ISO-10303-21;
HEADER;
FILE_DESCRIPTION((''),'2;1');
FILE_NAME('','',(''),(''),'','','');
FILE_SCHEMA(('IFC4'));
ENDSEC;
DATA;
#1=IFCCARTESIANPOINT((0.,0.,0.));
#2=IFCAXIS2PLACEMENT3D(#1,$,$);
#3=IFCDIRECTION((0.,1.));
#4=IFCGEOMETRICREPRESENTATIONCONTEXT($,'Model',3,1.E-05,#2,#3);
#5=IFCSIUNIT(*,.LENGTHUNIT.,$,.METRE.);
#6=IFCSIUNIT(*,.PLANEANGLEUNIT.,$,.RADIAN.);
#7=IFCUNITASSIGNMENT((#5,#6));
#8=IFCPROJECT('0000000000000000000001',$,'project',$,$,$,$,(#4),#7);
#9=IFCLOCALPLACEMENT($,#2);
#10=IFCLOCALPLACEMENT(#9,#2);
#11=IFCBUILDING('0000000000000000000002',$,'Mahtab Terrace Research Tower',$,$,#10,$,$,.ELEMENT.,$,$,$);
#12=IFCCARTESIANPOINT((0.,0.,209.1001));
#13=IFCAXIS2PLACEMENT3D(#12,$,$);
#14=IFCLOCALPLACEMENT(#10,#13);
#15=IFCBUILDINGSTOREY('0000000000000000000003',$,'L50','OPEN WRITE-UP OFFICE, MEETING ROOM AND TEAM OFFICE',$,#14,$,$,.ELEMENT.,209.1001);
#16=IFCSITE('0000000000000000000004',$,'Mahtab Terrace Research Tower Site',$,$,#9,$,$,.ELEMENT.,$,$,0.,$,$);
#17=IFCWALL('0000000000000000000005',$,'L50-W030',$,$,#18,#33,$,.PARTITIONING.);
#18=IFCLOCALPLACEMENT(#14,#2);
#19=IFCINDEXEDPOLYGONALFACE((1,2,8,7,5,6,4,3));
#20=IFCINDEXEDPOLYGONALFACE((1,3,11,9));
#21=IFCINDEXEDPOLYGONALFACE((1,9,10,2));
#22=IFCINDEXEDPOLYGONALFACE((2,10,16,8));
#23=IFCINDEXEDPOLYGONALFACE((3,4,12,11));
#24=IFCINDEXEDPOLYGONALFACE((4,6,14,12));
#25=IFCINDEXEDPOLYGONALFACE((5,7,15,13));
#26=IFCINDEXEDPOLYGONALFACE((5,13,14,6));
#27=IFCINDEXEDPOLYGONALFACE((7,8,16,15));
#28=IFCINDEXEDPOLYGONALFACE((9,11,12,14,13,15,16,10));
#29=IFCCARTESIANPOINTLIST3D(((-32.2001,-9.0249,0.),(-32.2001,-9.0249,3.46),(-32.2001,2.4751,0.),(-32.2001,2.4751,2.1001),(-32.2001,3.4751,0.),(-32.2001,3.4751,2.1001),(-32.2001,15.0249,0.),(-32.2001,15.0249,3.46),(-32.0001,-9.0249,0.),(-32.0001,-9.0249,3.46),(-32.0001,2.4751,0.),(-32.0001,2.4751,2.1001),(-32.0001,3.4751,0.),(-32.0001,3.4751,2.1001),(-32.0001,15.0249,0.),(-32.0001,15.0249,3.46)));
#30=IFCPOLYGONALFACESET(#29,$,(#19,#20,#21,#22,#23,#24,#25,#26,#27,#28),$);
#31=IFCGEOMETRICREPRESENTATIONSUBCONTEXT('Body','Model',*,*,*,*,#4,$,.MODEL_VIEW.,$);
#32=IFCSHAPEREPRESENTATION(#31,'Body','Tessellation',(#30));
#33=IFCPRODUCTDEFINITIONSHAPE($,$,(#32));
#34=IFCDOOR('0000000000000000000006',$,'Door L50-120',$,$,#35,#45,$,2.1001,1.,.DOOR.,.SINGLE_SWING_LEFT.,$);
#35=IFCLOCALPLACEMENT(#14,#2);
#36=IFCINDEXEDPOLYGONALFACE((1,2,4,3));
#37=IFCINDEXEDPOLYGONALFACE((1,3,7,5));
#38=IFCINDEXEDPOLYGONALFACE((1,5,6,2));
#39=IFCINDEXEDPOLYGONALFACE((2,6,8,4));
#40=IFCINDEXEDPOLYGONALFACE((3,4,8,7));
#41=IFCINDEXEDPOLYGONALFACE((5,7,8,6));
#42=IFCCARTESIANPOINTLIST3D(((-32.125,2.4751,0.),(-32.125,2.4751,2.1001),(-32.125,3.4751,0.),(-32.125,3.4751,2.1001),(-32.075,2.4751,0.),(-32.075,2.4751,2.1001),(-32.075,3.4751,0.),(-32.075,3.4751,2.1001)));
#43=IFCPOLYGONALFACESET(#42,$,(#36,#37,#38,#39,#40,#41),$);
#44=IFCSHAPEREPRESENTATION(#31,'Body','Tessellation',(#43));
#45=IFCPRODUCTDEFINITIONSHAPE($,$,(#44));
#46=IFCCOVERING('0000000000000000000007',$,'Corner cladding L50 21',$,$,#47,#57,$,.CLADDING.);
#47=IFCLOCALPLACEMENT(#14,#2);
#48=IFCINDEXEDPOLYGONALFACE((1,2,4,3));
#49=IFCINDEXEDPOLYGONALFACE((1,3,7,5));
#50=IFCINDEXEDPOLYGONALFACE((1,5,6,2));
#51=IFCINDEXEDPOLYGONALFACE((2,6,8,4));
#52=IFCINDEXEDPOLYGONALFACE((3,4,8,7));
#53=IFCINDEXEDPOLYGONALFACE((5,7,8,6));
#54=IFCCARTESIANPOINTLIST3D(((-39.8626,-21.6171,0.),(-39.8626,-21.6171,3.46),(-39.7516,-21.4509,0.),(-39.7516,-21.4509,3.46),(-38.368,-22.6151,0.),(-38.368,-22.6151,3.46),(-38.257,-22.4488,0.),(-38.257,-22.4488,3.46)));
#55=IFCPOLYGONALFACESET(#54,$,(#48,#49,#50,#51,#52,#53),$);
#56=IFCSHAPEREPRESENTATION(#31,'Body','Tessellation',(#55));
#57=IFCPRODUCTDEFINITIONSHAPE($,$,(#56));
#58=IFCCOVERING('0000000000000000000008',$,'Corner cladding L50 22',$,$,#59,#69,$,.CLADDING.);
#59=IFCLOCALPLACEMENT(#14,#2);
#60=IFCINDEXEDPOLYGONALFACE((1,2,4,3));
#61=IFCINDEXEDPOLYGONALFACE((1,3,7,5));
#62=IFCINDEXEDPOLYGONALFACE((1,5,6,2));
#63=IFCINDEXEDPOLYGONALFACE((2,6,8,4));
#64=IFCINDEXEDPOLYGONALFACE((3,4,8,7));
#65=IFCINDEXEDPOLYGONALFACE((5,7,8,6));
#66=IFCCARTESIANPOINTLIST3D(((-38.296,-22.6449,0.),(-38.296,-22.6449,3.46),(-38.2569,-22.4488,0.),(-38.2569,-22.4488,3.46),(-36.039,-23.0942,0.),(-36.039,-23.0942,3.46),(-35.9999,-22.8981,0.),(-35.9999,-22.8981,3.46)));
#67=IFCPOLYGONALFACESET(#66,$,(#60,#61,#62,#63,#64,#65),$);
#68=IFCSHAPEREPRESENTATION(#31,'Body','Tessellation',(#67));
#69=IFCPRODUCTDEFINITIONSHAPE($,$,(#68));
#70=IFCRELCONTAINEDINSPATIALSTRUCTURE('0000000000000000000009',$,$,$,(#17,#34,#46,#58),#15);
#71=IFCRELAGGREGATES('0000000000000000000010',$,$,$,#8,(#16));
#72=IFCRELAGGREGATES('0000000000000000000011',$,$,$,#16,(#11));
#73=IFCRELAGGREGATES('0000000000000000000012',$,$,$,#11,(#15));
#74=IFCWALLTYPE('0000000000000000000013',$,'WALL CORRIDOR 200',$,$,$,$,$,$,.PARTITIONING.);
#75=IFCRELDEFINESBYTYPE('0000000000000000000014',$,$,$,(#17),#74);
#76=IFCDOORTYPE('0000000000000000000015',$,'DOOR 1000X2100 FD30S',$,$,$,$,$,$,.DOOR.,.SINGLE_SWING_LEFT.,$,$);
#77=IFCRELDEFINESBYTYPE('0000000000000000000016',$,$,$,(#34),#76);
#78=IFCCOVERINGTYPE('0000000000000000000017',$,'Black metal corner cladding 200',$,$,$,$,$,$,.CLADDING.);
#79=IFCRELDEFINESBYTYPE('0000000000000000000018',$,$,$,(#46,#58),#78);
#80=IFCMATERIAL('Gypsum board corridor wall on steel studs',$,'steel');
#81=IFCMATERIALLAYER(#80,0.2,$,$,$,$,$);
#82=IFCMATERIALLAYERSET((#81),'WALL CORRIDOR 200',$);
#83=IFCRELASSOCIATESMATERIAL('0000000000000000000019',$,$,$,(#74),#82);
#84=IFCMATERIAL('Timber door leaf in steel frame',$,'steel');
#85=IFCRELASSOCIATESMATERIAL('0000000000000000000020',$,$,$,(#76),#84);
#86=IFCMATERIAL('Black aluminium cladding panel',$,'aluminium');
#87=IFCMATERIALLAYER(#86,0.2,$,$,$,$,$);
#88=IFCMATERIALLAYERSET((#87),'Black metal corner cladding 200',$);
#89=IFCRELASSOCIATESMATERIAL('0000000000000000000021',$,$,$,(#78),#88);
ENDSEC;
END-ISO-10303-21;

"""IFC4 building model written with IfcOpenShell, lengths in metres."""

from ifc_helpers import new_model, si_unit, direction, frame, frame_2d, origin, origin_2d, place, context, subcontext, project, spatial, rectangle, extrude, material, layer, layer_set, type_object, element, fill, save


model = new_model("IFC4")

# Units and contexts
model_context = context("Model", 3, precision=1e-05, world=origin(), true_north=direction((0.0, 1.0)))
body_context = subcontext(model_context, "Body", "Model", "MODEL_VIEW")
ifc_project = project(units=[si_unit("LENGTHUNIT", "METRE"), si_unit("PLANEANGLEUNIT", "RADIAN")], contexts=[model_context])

# Site, building, storey
site_placement = place(None, origin())
site = spatial("IfcSite", under=ifc_project, at=site_placement, Name="Mahtab Terrace Research Tower Site", CompositionType="ELEMENT", RefElevation=0.0)
building_placement = place(site_placement, origin())
building = spatial("IfcBuilding", under=site, at=building_placement, Name="Mahtab Terrace Research Tower", CompositionType="ELEMENT")
storey_placement = place(building_placement, frame((0.0, 0.0, 209.1001)))
storey = spatial("IfcBuildingStorey", under=building, at=storey_placement, Name="L50", Description="OPEN WRITE-UP OFFICE, MEETING ROOM AND TEAM OFFICE", CompositionType="ELEMENT", Elevation=209.1001)

# Wall, opening, door
ifc_material_1 = material(Name="Gypsum board corridor wall on steel studs", Category="steel")
ifc_layer_1 = layer(ifc_material_1, 0.2)
ifc_layer_set_1 = layer_set([ifc_layer_1], Name="WALL CORRIDOR 200")
wall_type_1 = type_object("IfcWallType", Name="WALL CORRIDOR 200", PredefinedType="PARTITIONING", material=ifc_layer_set_1)
ifc_material_2 = material(Name="Timber door leaf in steel frame", Category="steel")
door_type_1 = type_object("IfcDoorType", Name="DOOR 1000X2100 FD30S", OperationType="SINGLE_SWING_LEFT", PredefinedType="DOOR", material=ifc_material_2)
wall_1_placement = place(storey_placement, frame((-32.1001, -9.0249, 0.0), z_axis=(0.0, 0.0, 1.0), x_axis=(0.0, 1.0, 0.0)))
wall_1 = element("IfcWall", 1, at=wall_1_placement, inside=storey, type_object=wall_type_1, Name="L50-W030", PredefinedType="PARTITIONING", context=body_context, shape_type="SweptSolid", body=[
    extrude(rectangle(XDim=24.0498, YDim=0.2, at=frame_2d((12.0249, 0.0))), origin(), (0.0, 0.0, 1.0), 3.46),
])
opening_1_placement = place(wall_1_placement, frame((11.5, 0.0, 0.0)))
opening_1 = element("IfcOpeningElement", 2, at=opening_1_placement, cuts=wall_1, PredefinedType="OPENING", context=body_context, shape_type="SweptSolid", body=[
    extrude(rectangle(XDim=1.0, YDim=2.1001, at=frame_2d((0.5, 1.05))), frame((0.0, 0.1099, 0.0), z_axis=(0.0, -1.0, 0.0), x_axis=(1.0, 0.0, 0.0)), (0.0, 0.0, 1.0), 0.22),
])
door_1_placement = place(opening_1_placement, origin())
door_1 = element("IfcDoor", 3, at=door_1_placement, inside=storey, type_object=door_type_1, Name="Door L50-120", OperationType="SINGLE_SWING_LEFT", OverallHeight=2.1001, OverallWidth=1.0, PredefinedType="DOOR", context=body_context, shape_type="SweptSolid", body=[
    extrude(rectangle(XDim=1.0, YDim=2.1001, at=frame_2d((0.5, 1.05))), frame((0.0, 0.0249, 0.0), z_axis=(0.0, -1.0, 0.0), x_axis=(1.0, 0.0, 0.0)), (0.0, 0.0, 1.0), 0.05),
])
fill(opening_1, door_1)

# Coverings
ifc_material_3 = material(Name="Black aluminium cladding panel", Category="aluminium")
ifc_layer_2 = layer(ifc_material_3, 0.2)
ifc_layer_set_2 = layer_set([ifc_layer_2], Name="Black metal corner cladding 200")
covering_type = type_object("IfcCoveringType", Name="Black metal corner cladding 200", PredefinedType="CLADDING", material=ifc_layer_set_2)
covering_1_placement = place(storey_placement, frame((-39.0598, -22.033, 0.0), z_axis=(0.0, 0.0, 1.0), x_axis=(0.831656, -0.555291, 0.0)))
element("IfcCovering", 4, at=covering_1_placement, inside=storey, type_object=covering_type, Name="Corner cladding L50 21", PredefinedType="CLADDING", context=body_context, shape_type="SweptSolid", body=[
    extrude(rectangle(XDim=1.7971, YDim=0.2, at=origin_2d()), origin(), (0.0, 0.0, 1.0), 3.46),
])
covering_2_placement = place(storey_placement, frame((-37.1479, -22.7715, 0.0), z_axis=(0.0, 0.0, 1.0), x_axis=(0.980761, -0.195212, 0.0)))
element("IfcCovering", 5, at=covering_2_placement, inside=storey, type_object=covering_type, Name="Corner cladding L50 22", PredefinedType="CLADDING", context=body_context, shape_type="SweptSolid", body=[
    extrude(rectangle(XDim=2.3013, YDim=0.2, at=origin_2d()), origin(), (0.0, 0.0, 1.0), 3.46),
])

save(model, "model.ifc")
